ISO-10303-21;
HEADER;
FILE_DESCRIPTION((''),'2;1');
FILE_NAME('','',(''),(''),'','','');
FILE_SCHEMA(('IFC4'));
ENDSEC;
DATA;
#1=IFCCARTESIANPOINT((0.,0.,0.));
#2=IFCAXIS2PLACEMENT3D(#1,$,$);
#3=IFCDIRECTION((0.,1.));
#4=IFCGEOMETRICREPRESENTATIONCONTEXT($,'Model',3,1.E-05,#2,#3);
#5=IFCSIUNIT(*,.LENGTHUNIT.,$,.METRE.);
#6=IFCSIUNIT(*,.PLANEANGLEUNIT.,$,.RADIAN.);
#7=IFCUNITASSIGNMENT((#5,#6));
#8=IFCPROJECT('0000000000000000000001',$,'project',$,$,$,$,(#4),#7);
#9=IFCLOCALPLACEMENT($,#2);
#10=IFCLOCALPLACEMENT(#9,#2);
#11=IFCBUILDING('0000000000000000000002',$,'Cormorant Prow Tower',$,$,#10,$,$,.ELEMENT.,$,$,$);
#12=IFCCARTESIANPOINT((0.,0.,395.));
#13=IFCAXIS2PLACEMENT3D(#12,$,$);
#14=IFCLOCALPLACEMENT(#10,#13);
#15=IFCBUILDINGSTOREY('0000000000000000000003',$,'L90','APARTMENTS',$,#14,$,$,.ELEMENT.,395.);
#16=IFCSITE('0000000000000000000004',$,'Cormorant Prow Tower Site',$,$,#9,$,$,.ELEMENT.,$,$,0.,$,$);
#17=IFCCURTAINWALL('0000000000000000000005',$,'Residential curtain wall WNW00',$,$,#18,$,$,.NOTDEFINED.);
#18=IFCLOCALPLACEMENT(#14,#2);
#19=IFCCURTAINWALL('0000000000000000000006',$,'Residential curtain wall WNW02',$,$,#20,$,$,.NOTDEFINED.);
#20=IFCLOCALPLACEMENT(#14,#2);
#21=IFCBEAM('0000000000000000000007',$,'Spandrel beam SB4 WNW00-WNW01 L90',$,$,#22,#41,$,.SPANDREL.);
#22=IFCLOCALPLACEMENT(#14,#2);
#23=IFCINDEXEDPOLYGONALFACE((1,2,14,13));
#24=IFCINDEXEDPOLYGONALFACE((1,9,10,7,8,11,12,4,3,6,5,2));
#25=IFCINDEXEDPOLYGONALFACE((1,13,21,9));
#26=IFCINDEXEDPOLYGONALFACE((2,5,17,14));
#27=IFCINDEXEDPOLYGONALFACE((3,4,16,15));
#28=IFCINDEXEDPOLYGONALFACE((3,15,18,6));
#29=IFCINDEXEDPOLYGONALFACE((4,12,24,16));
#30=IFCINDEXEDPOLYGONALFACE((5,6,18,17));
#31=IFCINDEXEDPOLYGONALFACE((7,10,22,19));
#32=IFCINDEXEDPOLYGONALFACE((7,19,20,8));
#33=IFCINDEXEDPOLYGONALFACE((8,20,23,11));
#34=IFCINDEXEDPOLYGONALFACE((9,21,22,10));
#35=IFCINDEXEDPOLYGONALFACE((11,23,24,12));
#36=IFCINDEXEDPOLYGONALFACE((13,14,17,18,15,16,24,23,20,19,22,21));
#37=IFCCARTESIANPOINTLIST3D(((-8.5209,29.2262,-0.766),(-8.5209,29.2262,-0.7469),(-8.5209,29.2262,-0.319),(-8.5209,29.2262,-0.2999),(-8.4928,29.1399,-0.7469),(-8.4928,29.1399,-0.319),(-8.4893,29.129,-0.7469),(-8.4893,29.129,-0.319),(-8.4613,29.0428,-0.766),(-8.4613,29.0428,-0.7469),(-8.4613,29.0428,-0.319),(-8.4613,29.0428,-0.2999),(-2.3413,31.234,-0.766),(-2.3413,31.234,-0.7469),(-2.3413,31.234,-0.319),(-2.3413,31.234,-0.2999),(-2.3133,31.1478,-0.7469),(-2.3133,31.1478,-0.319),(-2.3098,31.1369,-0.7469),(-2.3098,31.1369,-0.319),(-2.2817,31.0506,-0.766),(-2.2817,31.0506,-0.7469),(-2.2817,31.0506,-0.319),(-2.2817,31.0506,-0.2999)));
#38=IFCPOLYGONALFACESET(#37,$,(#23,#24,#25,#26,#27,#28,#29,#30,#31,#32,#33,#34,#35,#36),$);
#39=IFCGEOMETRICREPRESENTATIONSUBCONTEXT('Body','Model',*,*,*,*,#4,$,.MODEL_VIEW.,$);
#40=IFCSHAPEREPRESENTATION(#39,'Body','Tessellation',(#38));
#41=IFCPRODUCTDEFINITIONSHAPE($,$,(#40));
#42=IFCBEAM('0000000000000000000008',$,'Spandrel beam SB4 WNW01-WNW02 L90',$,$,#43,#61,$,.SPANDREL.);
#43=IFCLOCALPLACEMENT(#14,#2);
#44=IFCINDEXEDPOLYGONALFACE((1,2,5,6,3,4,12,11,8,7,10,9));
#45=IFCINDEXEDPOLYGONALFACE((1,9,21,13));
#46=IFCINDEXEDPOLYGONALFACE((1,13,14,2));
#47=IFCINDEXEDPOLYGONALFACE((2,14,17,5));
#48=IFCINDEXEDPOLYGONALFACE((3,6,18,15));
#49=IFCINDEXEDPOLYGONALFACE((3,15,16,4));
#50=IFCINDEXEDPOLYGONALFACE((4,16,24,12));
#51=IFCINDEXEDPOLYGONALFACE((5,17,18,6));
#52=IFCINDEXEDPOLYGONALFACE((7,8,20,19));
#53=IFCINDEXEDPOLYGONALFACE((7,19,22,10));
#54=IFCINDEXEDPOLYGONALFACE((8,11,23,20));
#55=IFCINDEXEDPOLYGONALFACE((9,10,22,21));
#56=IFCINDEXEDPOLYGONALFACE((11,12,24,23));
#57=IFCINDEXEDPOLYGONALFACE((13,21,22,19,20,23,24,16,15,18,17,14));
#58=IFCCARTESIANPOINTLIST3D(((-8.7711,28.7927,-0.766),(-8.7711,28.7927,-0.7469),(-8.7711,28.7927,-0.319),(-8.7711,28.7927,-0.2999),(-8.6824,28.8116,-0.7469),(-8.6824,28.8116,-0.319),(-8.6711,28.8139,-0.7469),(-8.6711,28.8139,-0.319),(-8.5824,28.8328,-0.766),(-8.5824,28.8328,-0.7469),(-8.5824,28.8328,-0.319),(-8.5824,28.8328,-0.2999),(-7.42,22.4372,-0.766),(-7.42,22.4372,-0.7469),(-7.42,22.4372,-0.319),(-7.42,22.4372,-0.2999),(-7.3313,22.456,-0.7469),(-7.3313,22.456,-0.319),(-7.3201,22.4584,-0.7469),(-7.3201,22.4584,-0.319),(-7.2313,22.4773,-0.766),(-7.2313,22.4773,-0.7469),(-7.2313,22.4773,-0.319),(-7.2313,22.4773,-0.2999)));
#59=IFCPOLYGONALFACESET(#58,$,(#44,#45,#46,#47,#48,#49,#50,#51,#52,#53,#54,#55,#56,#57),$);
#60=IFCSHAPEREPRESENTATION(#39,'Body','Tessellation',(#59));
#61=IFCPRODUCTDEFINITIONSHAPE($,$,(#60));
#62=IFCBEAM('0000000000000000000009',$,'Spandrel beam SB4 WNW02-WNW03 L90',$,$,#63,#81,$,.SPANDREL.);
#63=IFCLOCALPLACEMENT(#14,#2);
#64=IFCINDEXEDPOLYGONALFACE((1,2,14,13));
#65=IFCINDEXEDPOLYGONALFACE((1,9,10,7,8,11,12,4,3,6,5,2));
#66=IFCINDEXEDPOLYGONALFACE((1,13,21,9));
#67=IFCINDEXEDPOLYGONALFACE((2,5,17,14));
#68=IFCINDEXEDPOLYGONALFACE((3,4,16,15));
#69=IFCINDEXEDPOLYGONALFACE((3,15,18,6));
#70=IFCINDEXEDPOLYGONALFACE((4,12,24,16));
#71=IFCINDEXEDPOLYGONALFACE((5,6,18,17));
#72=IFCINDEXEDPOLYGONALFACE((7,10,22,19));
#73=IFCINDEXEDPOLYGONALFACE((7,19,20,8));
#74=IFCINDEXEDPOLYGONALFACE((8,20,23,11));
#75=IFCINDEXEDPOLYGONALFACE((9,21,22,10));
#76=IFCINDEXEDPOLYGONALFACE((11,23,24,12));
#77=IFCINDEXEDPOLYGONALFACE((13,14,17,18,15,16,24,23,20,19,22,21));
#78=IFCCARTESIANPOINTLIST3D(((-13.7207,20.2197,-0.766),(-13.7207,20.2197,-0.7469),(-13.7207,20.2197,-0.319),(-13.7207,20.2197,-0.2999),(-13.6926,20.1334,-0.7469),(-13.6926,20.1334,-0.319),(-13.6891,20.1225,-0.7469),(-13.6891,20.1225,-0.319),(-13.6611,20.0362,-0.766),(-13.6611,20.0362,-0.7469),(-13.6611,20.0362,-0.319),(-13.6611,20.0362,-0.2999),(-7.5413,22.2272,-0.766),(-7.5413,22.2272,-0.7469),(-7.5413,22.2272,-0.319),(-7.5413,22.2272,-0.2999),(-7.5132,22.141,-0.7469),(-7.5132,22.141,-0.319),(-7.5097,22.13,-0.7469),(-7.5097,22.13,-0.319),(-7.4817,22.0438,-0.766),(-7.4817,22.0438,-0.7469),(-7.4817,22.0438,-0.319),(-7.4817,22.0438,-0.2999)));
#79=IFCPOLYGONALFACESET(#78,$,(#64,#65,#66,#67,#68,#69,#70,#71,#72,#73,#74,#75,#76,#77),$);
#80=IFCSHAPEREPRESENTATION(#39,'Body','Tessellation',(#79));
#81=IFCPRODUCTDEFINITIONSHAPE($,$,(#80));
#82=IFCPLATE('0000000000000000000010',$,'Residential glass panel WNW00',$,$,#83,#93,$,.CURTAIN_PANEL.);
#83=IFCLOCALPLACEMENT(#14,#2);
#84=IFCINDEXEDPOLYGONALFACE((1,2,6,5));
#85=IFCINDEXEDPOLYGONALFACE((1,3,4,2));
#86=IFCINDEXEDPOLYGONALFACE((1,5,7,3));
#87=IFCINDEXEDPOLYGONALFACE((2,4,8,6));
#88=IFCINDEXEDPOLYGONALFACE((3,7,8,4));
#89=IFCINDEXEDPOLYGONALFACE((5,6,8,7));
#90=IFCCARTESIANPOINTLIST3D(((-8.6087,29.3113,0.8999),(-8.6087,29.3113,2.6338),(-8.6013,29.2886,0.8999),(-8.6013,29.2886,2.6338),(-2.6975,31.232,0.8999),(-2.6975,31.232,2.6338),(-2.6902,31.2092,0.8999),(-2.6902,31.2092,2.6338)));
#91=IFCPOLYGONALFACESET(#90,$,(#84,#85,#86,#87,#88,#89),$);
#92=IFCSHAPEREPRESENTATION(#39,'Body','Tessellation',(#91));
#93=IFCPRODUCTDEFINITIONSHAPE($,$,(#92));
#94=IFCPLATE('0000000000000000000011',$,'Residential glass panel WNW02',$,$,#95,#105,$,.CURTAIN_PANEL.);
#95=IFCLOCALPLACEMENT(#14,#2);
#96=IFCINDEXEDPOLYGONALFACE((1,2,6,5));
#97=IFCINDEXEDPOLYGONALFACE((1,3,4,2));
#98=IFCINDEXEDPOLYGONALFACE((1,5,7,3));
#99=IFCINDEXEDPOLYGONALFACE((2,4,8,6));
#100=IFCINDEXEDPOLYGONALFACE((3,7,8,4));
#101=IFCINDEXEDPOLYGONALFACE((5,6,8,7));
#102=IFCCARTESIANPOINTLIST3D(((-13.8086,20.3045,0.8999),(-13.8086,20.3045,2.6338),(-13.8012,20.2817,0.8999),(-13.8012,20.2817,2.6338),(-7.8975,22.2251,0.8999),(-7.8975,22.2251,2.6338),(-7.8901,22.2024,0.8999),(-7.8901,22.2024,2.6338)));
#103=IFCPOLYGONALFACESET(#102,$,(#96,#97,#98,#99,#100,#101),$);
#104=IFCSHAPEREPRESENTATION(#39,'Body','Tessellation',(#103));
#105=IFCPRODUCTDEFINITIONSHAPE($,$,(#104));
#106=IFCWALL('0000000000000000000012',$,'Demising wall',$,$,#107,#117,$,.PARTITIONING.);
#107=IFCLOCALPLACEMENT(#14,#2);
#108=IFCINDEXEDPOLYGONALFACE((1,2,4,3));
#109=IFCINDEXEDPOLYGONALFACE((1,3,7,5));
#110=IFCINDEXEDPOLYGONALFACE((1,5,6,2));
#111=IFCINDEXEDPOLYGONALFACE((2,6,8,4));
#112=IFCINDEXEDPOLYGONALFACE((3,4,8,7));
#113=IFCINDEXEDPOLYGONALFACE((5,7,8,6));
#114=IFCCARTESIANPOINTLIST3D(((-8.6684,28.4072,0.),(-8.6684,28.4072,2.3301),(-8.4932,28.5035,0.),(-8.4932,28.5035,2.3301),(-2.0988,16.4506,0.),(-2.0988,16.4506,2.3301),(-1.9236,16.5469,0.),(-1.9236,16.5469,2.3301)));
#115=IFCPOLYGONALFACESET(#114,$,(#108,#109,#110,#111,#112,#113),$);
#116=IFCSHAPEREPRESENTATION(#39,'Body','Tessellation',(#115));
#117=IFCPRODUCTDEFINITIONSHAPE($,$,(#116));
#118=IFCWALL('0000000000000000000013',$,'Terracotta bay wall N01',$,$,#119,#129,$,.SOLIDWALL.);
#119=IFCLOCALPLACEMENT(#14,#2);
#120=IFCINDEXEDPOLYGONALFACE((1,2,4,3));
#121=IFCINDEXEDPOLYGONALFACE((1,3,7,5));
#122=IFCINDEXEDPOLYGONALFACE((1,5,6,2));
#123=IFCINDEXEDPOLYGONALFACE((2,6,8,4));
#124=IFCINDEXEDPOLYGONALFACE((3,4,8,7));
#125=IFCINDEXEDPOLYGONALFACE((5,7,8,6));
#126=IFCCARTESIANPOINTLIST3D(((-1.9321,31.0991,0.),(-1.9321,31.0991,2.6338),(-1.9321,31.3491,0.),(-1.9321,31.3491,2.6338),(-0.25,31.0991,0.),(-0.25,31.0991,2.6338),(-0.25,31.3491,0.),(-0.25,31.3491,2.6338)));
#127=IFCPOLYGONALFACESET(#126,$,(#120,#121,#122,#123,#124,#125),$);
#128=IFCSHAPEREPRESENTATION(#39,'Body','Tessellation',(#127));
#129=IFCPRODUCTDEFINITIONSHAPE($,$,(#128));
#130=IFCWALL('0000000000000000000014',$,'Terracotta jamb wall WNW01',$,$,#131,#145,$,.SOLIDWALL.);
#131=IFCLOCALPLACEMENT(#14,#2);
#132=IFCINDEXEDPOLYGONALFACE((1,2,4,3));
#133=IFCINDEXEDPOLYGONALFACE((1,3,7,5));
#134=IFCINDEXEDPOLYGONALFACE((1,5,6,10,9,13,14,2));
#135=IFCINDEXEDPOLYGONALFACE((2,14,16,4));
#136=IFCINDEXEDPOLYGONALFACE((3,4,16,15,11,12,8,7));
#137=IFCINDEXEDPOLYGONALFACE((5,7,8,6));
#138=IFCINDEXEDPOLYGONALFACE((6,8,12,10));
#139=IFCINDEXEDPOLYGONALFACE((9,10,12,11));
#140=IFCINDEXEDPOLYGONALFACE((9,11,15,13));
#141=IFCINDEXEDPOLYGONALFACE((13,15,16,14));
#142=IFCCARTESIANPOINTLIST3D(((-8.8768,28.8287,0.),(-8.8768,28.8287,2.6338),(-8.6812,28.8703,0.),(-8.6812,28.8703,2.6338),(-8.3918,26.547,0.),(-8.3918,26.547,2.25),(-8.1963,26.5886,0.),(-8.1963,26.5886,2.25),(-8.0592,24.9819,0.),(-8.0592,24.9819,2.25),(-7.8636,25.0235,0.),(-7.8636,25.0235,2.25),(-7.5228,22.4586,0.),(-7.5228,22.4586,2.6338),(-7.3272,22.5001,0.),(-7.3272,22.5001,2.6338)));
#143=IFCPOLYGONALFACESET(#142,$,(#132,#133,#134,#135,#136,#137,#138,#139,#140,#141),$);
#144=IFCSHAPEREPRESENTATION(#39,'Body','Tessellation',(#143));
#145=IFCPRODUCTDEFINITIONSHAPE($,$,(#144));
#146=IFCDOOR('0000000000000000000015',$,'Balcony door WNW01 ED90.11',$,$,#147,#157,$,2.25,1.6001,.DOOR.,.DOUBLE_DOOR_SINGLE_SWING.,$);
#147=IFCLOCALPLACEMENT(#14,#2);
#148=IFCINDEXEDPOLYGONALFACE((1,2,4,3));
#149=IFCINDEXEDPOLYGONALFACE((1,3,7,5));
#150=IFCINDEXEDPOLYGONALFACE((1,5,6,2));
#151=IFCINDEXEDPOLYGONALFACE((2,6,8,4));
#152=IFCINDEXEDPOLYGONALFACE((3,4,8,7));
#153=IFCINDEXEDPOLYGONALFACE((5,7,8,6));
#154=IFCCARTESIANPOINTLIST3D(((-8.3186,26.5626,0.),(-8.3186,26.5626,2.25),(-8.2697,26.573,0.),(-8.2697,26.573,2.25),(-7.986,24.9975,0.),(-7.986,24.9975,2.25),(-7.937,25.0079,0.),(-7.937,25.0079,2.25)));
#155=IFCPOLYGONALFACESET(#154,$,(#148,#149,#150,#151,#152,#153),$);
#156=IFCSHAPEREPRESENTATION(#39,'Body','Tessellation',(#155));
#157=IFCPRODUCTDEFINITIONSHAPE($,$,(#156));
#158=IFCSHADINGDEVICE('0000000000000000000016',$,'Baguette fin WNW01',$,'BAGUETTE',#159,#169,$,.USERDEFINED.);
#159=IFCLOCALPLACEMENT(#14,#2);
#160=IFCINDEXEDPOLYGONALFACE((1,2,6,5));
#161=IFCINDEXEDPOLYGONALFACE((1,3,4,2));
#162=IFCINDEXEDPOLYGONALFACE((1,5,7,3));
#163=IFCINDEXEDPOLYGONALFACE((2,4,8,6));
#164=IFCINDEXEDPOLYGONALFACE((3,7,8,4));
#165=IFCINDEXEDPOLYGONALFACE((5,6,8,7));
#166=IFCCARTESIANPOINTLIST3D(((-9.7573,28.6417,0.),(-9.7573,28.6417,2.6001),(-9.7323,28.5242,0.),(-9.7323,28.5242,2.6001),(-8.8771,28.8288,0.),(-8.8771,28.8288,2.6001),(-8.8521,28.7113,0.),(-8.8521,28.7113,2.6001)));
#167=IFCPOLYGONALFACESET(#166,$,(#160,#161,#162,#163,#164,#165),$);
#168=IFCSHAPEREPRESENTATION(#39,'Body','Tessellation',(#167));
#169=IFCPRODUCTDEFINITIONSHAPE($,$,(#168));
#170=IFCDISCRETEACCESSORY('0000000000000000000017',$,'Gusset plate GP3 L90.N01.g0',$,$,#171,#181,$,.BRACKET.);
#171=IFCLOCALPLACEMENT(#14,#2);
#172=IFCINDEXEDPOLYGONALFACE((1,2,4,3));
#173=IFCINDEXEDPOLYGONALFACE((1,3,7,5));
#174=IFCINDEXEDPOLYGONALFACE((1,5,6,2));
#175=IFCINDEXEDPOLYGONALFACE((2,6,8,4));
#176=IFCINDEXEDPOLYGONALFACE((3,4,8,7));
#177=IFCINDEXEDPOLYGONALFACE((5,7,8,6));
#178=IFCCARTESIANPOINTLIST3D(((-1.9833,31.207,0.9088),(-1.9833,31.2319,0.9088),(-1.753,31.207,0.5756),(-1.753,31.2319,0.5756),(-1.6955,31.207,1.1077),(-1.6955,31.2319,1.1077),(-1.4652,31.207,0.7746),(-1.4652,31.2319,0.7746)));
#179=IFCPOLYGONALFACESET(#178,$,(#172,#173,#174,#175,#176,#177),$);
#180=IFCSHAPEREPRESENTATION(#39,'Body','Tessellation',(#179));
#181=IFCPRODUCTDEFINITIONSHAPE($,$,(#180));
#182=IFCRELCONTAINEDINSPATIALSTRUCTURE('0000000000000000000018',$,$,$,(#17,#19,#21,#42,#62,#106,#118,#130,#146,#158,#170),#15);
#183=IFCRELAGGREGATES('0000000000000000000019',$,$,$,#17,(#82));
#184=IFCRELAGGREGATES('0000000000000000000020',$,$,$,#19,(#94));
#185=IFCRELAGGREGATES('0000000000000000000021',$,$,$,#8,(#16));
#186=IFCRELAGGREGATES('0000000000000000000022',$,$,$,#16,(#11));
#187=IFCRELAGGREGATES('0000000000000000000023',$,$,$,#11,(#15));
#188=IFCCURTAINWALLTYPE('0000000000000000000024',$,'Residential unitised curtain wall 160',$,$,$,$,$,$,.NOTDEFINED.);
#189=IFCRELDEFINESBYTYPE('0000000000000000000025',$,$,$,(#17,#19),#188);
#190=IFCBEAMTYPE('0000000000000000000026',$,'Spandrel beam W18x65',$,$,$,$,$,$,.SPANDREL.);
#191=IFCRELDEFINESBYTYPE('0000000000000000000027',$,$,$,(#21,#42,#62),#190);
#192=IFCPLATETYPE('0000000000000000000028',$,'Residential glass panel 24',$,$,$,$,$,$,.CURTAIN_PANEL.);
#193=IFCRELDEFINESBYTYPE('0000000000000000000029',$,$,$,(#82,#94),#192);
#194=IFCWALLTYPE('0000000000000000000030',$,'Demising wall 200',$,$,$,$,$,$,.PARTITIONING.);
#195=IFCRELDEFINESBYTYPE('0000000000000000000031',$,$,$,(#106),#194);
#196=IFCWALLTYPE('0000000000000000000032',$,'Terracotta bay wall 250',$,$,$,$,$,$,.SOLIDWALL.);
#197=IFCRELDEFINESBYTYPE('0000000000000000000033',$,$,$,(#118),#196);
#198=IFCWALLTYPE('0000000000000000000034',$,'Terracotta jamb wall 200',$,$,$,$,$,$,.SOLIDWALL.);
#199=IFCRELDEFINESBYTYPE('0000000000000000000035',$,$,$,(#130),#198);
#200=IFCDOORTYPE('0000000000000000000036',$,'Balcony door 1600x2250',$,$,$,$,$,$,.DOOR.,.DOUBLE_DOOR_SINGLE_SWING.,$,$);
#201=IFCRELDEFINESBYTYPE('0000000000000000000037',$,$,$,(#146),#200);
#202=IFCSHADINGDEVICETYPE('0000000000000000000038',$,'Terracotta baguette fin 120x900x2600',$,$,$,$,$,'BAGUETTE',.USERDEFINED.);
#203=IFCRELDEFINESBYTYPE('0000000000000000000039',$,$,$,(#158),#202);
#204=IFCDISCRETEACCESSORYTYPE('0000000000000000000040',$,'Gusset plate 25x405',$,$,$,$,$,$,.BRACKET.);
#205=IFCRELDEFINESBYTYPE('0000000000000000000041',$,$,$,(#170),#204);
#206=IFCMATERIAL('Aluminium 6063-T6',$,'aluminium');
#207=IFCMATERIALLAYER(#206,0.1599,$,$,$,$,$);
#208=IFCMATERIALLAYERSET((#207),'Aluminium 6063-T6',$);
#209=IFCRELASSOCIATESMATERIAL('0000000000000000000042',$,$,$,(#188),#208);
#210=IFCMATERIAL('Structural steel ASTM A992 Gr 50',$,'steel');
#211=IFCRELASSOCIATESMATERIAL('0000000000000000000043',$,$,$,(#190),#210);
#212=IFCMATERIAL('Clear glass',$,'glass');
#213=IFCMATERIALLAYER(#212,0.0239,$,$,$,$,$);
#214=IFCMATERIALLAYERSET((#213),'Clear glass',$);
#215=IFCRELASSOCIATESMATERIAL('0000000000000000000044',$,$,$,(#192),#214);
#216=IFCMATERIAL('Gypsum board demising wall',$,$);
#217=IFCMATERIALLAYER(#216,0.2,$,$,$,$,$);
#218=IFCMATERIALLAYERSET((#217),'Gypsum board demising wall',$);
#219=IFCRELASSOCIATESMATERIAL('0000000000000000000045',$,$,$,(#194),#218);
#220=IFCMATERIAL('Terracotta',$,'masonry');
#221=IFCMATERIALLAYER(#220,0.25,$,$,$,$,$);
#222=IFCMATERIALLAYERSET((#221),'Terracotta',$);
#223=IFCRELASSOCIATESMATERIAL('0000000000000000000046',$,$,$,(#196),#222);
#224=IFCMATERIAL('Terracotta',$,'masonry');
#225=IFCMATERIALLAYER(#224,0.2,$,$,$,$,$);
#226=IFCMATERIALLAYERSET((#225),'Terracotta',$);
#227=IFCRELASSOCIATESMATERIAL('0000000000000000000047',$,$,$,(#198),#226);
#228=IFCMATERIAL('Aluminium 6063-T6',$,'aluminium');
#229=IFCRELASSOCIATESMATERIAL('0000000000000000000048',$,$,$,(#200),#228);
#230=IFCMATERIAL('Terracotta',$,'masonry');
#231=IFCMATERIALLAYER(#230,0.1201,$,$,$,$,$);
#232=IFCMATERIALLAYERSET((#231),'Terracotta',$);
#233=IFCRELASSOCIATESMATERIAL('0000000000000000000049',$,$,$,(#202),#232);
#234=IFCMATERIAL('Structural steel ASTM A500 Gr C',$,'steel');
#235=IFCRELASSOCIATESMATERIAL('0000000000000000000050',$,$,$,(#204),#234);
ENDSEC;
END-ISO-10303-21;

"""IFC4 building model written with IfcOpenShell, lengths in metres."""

from ifc_helpers import new_model, si_unit, direction, frame, frame_2d, origin, origin_2d, place, context, subcontext, project, spatial, rectangle, i_section, extrude, material, layer, layer_set, material_profile, profile_set, type_object, element, fill, aggregate, save


model = new_model("IFC4")

# Units and contexts
model_context = context("Model", 3, precision=1e-05, world=origin(), true_north=direction((0.0, 1.0)))
body_context = subcontext(model_context, "Body", "Model", "MODEL_VIEW")
ifc_project = project(units=[si_unit("LENGTHUNIT", "METRE"), si_unit("PLANEANGLEUNIT", "RADIAN")], contexts=[model_context])

# Site, building, storey
site_placement = place(None, origin())
site = spatial("IfcSite", under=ifc_project, at=site_placement, Name="Cormorant Prow Tower Site", CompositionType="ELEMENT", RefElevation=0.0)
building_placement = place(site_placement, origin())
building = spatial("IfcBuilding", under=site, at=building_placement, Name="Cormorant Prow Tower", CompositionType="ELEMENT")
storey_placement = place(building_placement, frame((0.0, 0.0, 395.0)))
storey = spatial("IfcBuildingStorey", under=building, at=storey_placement, Name="L90", Description="APARTMENTS", CompositionType="ELEMENT", Elevation=395.0)

# Curtain walls
ifc_material_1 = material(Name="Aluminium 6063-T6", Category="aluminium")
ifc_layer_1 = layer(ifc_material_1, 0.1599)
ifc_layer_set_1 = layer_set([ifc_layer_1], Name="Aluminium 6063-T6")
curtain_wall_type = type_object("IfcCurtainWallType", Name="Residential unitised curtain wall 160", PredefinedType="NOTDEFINED", material=ifc_layer_set_1)
curtain_wall_1_placement = place(storey_placement, origin())
curtain_wall_1 = element("IfcCurtainWall", 1, at=curtain_wall_1_placement, inside=storey, type_object=curtain_wall_type, Name="Residential curtain wall WNW00", PredefinedType="NOTDEFINED")
curtain_wall_2_placement = place(storey_placement, origin())
curtain_wall_2 = element("IfcCurtainWall", 2, at=curtain_wall_2_placement, inside=storey, type_object=curtain_wall_type, Name="Residential curtain wall WNW02", PredefinedType="NOTDEFINED")

# Beams
ifc_material_2 = material(Name="Structural steel ASTM A992 Gr 50", Category="steel")
ifc_material_profile_1 = material_profile(ifc_material_2, i_section(OverallWidth=0.1929, OverallDepth=0.4661, WebThickness=0.0115, FlangeThickness=0.019, at=origin_2d()), Name="W18x65")
ifc_profile_set_1 = profile_set([ifc_material_profile_1], Name="Structural steel ASTM A992 Gr 50")
beam_type = type_object("IfcBeamType", Name="Spandrel beam W18x65", PredefinedType="SPANDREL", material=ifc_profile_set_1)
for number, where, z_axis, x_axis, name in (
    (3, (-2.3115, 31.1423, -0.533), (-0.951057, -0.309016, 0.0), (0.309016, -0.951057, 0.0), "Spandrel beam SB4 WNW00-WNW01 L90"),
    (4, (-8.6768, 28.8127, -0.533), (0.207938, -0.978142, 0.0), (0.978142, 0.207938, 0.0), "Spandrel beam SB4 WNW01-WNW02 L90"),
):
    element("IfcBeam", number, at=place(storey_placement, frame(where, z_axis=z_axis, x_axis=x_axis)), inside=storey, type_object=beam_type, Name=name, PredefinedType="SPANDREL", context=body_context, shape_type="SweptSolid", body=[
        extrude(i_section(OverallWidth=0.1929, OverallDepth=0.4661, WebThickness=0.0115, FlangeThickness=0.019, at=origin_2d()), origin(), (0.0, 0.0, 1.0), 6.4976),
    ])
beam_1_placement = place(storey_placement, frame((-7.5115, 22.1355, -0.533), z_axis=(-0.951068, -0.308982, 0.0), x_axis=(0.308982, -0.951068, 0.0)))
element("IfcBeam", 5, at=beam_1_placement, inside=storey, type_object=beam_type, Name="Spandrel beam SB4 WNW02-WNW03 L90", PredefinedType="SPANDREL", context=body_context, shape_type="SweptSolid", body=[
    extrude(i_section(OverallWidth=0.1929, OverallDepth=0.4661, WebThickness=0.0115, FlangeThickness=0.019, at=origin_2d()), origin(), (0.0, 0.0, 1.0), 6.4973),
])

# Plates
ifc_material_3 = material(Name="Clear glass", Category="glass")
ifc_layer_2 = layer(ifc_material_3, 0.0239)
ifc_layer_set_2 = layer_set([ifc_layer_2], Name="Clear glass")
plate_type = type_object("IfcPlateType", Name="Residential glass panel 24", PredefinedType="CURTAIN_PANEL", material=ifc_layer_set_2)
plate_1_placement = place(storey_placement, frame((-5.6494, 30.2603, 0.8999), z_axis=(0.0, 0.0, 1.0), x_axis=(-0.951057, -0.309017, 0.0)))
plate_1 = element("IfcPlate", 6, at=plate_1_placement, type_object=plate_type, Name="Residential glass panel WNW00", PredefinedType="CURTAIN_PANEL", context=body_context, shape_type="SweptSolid", body=[
    extrude(rectangle(XDim=6.2153, YDim=0.0239, at=origin_2d()), origin(), (0.0, 0.0, 1.0), 1.7339),
])
aggregate(curtain_wall_1, [plate_1])
plate_2_placement = place(storey_placement, frame((-10.8494, 21.2534, 0.8999), z_axis=(0.0, 0.0, 1.0), x_axis=(-0.951057, -0.309017, 0.0)))
plate_2 = element("IfcPlate", 7, at=plate_2_placement, type_object=plate_type, Name="Residential glass panel WNW02", PredefinedType="CURTAIN_PANEL", context=body_context, shape_type="SweptSolid", body=[
    extrude(rectangle(XDim=6.2153, YDim=0.0239, at=origin_2d()), origin(), (0.0, 0.0, 1.0), 1.7339),
])
aggregate(curtain_wall_2, [plate_2])

# Walls
ifc_material_4 = material(Name="Gypsum board demising wall")
ifc_layer_3 = layer(ifc_material_4, 0.2)
ifc_layer_set_3 = layer_set([ifc_layer_3], Name="Gypsum board demising wall")
wall_type_1 = type_object("IfcWallType", Name="Demising wall 200", PredefinedType="PARTITIONING", material=ifc_layer_set_3)
wall_1_placement = place(storey_placement, frame((-8.5808, 28.4553, 0.0), z_axis=(0.0, 0.0, 1.0), x_axis=(0.481552, -0.876418, 0.0)))
element("IfcWall", 8, at=wall_1_placement, inside=storey, type_object=wall_type_1, Name="Demising wall", PredefinedType="PARTITIONING", context=body_context, shape_type="SweptSolid", body=[
    extrude(rectangle(XDim=13.6426, YDim=0.2, at=frame_2d((6.8213, 0.0))), origin(), (0.0, 0.0, 1.0), 2.3301),
])
ifc_material_5 = material(Name="Terracotta", Category="masonry")
ifc_layer_4 = layer(ifc_material_5, 0.25)
ifc_layer_set_4 = layer_set([ifc_layer_4], Name="Terracotta")
wall_type_2 = type_object("IfcWallType", Name="Terracotta bay wall 250", PredefinedType="SOLIDWALL", material=ifc_layer_set_4)
wall_2_placement = place(storey_placement, frame((-0.25, 31.2241, 0.0), z_axis=(0.0, 0.0, 1.0), x_axis=(-1.0, 0.0, 0.0)))
element("IfcWall", 9, at=wall_2_placement, inside=storey, type_object=wall_type_2, Name="Terracotta bay wall N01", PredefinedType="SOLIDWALL", context=body_context, shape_type="SweptSolid", body=[
    extrude(rectangle(XDim=1.6821, YDim=0.25, at=frame_2d((0.8411, 0.0))), origin(), (0.0, 0.0, 1.0), 2.6338),
])

# Wall, opening, door
ifc_material_6 = material(Name="Terracotta", Category="masonry")
ifc_layer_5 = layer(ifc_material_6, 0.2)
ifc_layer_set_5 = layer_set([ifc_layer_5], Name="Terracotta")
wall_type_3 = type_object("IfcWallType", Name="Terracotta jamb wall 200", PredefinedType="SOLIDWALL", material=ifc_layer_set_5)
wall_3_placement = place(storey_placement, frame((-8.7791, 28.8496, 0.0), z_axis=(0.0, 0.0, 1.0), x_axis=(0.207911, -0.978148, 0.0)))
wall_3 = element("IfcWall", 10, at=wall_3_placement, inside=storey, type_object=wall_type_3, Name="Terracotta jamb wall WNW01", PredefinedType="SOLIDWALL", context=body_context, shape_type="SweptSolid", body=[
    extrude(rectangle(XDim=6.5125, YDim=0.2, at=frame_2d((3.2563, 0.0))), origin(), (0.0, 0.0, 1.0), 2.6338),
])
opening_placement = place(wall_3_placement, frame((2.3328, 0.0, 0.0)))
opening = element("IfcOpeningElement", 11, at=opening_placement, cuts=wall_3, PredefinedType="OPENING", context=body_context, shape_type="SweptSolid", body=[
    extrude(rectangle(XDim=1.6001, YDim=2.25, at=frame_2d((0.8, 1.125))), frame((0.0, 0.1099, 0.0), z_axis=(0.0, -1.0, 0.0), x_axis=(1.0, 0.0, 0.0)), (0.0, 0.0, 1.0), 0.22),
])
ifc_material_7 = material(Name="Aluminium 6063-T6", Category="aluminium")
door_type = type_object("IfcDoorType", Name="Balcony door 1600x2250", OperationType="DOUBLE_DOOR_SINGLE_SWING", PredefinedType="DOOR", material=ifc_material_7)
door_placement = place(opening_placement, origin())
door = element("IfcDoor", 12, at=door_placement, inside=storey, type_object=door_type, Name="Balcony door WNW01 ED90.11", OperationType="DOUBLE_DOOR_SINGLE_SWING", OverallHeight=2.25, OverallWidth=1.6001, PredefinedType="DOOR", context=body_context, shape_type="SweptSolid", body=[
    extrude(rectangle(XDim=1.6001, YDim=2.25, at=frame_2d((0.8, 1.125))), frame((0.0, 0.0249, 0.0), z_axis=(0.0, -1.0, 0.0), x_axis=(1.0, 0.0, 0.0)), (0.0, 0.0, 1.0), 0.05),
])
fill(opening, door)

# Shading device
ifc_material_8 = material(Name="Terracotta", Category="masonry")
ifc_layer_6 = layer(ifc_material_8, 0.1201)
ifc_layer_set_6 = layer_set([ifc_layer_6], Name="Terracotta")
shading_device_type = type_object("IfcShadingDeviceType", Name="Terracotta baguette fin 120x900x2600", ElementType="BAGUETTE", PredefinedType="USERDEFINED", material=ifc_layer_set_6)
shading_device_placement = place(storey_placement, frame((-9.3047, 28.6765, 0.0), z_axis=(0.0, 0.0, 1.0), x_axis=(0.207912, -0.978148, 0.0)))
element("IfcShadingDevice", 13, at=shading_device_placement, inside=storey, type_object=shading_device_type, Name="Baguette fin WNW01", ObjectType="BAGUETTE", PredefinedType="USERDEFINED", context=body_context, shape_type="SweptSolid", body=[
    extrude(rectangle(XDim=0.1201, YDim=0.8999, at=origin_2d()), origin(), (0.0, 0.0, 1.0), 2.6001),
])

# Discrete accessory
ifc_material_9 = material(Name="Structural steel ASTM A500 Gr C", Category="steel")
ifc_material_profile_2 = material_profile(ifc_material_9, rectangle(XDim=0.0249, YDim=0.405, at=origin_2d()), Name="Gusset plate 25x405")
ifc_profile_set_2 = profile_set([ifc_material_profile_2], Name="Structural steel ASTM A500 Gr C")
discrete_accessory_type = type_object("IfcDiscreteAccessoryType", Name="Gusset plate 25x405", PredefinedType="BRACKET", material=ifc_profile_set_2)
for number, where, z_axis, x_axis, name in (
    (14, (-1.5803, 31.2195, 0.9412), (-0.822594, 0.0, -0.568629), (0.0, -1.0, 0.0), "Gusset plate GP3 L90.N01.g0"),
):
    element("IfcDiscreteAccessory", number, at=place(storey_placement, frame(where, z_axis=z_axis, x_axis=x_axis)), inside=storey, type_object=discrete_accessory_type, Name=name, PredefinedType="BRACKET", context=body_context, shape_type="SweptSolid", body=[
        extrude(rectangle(XDim=0.0249, YDim=0.405, at=origin_2d()), origin(), (0.0, 0.0, 1.0), 0.3499),
    ])

save(model, "model.ifc")
